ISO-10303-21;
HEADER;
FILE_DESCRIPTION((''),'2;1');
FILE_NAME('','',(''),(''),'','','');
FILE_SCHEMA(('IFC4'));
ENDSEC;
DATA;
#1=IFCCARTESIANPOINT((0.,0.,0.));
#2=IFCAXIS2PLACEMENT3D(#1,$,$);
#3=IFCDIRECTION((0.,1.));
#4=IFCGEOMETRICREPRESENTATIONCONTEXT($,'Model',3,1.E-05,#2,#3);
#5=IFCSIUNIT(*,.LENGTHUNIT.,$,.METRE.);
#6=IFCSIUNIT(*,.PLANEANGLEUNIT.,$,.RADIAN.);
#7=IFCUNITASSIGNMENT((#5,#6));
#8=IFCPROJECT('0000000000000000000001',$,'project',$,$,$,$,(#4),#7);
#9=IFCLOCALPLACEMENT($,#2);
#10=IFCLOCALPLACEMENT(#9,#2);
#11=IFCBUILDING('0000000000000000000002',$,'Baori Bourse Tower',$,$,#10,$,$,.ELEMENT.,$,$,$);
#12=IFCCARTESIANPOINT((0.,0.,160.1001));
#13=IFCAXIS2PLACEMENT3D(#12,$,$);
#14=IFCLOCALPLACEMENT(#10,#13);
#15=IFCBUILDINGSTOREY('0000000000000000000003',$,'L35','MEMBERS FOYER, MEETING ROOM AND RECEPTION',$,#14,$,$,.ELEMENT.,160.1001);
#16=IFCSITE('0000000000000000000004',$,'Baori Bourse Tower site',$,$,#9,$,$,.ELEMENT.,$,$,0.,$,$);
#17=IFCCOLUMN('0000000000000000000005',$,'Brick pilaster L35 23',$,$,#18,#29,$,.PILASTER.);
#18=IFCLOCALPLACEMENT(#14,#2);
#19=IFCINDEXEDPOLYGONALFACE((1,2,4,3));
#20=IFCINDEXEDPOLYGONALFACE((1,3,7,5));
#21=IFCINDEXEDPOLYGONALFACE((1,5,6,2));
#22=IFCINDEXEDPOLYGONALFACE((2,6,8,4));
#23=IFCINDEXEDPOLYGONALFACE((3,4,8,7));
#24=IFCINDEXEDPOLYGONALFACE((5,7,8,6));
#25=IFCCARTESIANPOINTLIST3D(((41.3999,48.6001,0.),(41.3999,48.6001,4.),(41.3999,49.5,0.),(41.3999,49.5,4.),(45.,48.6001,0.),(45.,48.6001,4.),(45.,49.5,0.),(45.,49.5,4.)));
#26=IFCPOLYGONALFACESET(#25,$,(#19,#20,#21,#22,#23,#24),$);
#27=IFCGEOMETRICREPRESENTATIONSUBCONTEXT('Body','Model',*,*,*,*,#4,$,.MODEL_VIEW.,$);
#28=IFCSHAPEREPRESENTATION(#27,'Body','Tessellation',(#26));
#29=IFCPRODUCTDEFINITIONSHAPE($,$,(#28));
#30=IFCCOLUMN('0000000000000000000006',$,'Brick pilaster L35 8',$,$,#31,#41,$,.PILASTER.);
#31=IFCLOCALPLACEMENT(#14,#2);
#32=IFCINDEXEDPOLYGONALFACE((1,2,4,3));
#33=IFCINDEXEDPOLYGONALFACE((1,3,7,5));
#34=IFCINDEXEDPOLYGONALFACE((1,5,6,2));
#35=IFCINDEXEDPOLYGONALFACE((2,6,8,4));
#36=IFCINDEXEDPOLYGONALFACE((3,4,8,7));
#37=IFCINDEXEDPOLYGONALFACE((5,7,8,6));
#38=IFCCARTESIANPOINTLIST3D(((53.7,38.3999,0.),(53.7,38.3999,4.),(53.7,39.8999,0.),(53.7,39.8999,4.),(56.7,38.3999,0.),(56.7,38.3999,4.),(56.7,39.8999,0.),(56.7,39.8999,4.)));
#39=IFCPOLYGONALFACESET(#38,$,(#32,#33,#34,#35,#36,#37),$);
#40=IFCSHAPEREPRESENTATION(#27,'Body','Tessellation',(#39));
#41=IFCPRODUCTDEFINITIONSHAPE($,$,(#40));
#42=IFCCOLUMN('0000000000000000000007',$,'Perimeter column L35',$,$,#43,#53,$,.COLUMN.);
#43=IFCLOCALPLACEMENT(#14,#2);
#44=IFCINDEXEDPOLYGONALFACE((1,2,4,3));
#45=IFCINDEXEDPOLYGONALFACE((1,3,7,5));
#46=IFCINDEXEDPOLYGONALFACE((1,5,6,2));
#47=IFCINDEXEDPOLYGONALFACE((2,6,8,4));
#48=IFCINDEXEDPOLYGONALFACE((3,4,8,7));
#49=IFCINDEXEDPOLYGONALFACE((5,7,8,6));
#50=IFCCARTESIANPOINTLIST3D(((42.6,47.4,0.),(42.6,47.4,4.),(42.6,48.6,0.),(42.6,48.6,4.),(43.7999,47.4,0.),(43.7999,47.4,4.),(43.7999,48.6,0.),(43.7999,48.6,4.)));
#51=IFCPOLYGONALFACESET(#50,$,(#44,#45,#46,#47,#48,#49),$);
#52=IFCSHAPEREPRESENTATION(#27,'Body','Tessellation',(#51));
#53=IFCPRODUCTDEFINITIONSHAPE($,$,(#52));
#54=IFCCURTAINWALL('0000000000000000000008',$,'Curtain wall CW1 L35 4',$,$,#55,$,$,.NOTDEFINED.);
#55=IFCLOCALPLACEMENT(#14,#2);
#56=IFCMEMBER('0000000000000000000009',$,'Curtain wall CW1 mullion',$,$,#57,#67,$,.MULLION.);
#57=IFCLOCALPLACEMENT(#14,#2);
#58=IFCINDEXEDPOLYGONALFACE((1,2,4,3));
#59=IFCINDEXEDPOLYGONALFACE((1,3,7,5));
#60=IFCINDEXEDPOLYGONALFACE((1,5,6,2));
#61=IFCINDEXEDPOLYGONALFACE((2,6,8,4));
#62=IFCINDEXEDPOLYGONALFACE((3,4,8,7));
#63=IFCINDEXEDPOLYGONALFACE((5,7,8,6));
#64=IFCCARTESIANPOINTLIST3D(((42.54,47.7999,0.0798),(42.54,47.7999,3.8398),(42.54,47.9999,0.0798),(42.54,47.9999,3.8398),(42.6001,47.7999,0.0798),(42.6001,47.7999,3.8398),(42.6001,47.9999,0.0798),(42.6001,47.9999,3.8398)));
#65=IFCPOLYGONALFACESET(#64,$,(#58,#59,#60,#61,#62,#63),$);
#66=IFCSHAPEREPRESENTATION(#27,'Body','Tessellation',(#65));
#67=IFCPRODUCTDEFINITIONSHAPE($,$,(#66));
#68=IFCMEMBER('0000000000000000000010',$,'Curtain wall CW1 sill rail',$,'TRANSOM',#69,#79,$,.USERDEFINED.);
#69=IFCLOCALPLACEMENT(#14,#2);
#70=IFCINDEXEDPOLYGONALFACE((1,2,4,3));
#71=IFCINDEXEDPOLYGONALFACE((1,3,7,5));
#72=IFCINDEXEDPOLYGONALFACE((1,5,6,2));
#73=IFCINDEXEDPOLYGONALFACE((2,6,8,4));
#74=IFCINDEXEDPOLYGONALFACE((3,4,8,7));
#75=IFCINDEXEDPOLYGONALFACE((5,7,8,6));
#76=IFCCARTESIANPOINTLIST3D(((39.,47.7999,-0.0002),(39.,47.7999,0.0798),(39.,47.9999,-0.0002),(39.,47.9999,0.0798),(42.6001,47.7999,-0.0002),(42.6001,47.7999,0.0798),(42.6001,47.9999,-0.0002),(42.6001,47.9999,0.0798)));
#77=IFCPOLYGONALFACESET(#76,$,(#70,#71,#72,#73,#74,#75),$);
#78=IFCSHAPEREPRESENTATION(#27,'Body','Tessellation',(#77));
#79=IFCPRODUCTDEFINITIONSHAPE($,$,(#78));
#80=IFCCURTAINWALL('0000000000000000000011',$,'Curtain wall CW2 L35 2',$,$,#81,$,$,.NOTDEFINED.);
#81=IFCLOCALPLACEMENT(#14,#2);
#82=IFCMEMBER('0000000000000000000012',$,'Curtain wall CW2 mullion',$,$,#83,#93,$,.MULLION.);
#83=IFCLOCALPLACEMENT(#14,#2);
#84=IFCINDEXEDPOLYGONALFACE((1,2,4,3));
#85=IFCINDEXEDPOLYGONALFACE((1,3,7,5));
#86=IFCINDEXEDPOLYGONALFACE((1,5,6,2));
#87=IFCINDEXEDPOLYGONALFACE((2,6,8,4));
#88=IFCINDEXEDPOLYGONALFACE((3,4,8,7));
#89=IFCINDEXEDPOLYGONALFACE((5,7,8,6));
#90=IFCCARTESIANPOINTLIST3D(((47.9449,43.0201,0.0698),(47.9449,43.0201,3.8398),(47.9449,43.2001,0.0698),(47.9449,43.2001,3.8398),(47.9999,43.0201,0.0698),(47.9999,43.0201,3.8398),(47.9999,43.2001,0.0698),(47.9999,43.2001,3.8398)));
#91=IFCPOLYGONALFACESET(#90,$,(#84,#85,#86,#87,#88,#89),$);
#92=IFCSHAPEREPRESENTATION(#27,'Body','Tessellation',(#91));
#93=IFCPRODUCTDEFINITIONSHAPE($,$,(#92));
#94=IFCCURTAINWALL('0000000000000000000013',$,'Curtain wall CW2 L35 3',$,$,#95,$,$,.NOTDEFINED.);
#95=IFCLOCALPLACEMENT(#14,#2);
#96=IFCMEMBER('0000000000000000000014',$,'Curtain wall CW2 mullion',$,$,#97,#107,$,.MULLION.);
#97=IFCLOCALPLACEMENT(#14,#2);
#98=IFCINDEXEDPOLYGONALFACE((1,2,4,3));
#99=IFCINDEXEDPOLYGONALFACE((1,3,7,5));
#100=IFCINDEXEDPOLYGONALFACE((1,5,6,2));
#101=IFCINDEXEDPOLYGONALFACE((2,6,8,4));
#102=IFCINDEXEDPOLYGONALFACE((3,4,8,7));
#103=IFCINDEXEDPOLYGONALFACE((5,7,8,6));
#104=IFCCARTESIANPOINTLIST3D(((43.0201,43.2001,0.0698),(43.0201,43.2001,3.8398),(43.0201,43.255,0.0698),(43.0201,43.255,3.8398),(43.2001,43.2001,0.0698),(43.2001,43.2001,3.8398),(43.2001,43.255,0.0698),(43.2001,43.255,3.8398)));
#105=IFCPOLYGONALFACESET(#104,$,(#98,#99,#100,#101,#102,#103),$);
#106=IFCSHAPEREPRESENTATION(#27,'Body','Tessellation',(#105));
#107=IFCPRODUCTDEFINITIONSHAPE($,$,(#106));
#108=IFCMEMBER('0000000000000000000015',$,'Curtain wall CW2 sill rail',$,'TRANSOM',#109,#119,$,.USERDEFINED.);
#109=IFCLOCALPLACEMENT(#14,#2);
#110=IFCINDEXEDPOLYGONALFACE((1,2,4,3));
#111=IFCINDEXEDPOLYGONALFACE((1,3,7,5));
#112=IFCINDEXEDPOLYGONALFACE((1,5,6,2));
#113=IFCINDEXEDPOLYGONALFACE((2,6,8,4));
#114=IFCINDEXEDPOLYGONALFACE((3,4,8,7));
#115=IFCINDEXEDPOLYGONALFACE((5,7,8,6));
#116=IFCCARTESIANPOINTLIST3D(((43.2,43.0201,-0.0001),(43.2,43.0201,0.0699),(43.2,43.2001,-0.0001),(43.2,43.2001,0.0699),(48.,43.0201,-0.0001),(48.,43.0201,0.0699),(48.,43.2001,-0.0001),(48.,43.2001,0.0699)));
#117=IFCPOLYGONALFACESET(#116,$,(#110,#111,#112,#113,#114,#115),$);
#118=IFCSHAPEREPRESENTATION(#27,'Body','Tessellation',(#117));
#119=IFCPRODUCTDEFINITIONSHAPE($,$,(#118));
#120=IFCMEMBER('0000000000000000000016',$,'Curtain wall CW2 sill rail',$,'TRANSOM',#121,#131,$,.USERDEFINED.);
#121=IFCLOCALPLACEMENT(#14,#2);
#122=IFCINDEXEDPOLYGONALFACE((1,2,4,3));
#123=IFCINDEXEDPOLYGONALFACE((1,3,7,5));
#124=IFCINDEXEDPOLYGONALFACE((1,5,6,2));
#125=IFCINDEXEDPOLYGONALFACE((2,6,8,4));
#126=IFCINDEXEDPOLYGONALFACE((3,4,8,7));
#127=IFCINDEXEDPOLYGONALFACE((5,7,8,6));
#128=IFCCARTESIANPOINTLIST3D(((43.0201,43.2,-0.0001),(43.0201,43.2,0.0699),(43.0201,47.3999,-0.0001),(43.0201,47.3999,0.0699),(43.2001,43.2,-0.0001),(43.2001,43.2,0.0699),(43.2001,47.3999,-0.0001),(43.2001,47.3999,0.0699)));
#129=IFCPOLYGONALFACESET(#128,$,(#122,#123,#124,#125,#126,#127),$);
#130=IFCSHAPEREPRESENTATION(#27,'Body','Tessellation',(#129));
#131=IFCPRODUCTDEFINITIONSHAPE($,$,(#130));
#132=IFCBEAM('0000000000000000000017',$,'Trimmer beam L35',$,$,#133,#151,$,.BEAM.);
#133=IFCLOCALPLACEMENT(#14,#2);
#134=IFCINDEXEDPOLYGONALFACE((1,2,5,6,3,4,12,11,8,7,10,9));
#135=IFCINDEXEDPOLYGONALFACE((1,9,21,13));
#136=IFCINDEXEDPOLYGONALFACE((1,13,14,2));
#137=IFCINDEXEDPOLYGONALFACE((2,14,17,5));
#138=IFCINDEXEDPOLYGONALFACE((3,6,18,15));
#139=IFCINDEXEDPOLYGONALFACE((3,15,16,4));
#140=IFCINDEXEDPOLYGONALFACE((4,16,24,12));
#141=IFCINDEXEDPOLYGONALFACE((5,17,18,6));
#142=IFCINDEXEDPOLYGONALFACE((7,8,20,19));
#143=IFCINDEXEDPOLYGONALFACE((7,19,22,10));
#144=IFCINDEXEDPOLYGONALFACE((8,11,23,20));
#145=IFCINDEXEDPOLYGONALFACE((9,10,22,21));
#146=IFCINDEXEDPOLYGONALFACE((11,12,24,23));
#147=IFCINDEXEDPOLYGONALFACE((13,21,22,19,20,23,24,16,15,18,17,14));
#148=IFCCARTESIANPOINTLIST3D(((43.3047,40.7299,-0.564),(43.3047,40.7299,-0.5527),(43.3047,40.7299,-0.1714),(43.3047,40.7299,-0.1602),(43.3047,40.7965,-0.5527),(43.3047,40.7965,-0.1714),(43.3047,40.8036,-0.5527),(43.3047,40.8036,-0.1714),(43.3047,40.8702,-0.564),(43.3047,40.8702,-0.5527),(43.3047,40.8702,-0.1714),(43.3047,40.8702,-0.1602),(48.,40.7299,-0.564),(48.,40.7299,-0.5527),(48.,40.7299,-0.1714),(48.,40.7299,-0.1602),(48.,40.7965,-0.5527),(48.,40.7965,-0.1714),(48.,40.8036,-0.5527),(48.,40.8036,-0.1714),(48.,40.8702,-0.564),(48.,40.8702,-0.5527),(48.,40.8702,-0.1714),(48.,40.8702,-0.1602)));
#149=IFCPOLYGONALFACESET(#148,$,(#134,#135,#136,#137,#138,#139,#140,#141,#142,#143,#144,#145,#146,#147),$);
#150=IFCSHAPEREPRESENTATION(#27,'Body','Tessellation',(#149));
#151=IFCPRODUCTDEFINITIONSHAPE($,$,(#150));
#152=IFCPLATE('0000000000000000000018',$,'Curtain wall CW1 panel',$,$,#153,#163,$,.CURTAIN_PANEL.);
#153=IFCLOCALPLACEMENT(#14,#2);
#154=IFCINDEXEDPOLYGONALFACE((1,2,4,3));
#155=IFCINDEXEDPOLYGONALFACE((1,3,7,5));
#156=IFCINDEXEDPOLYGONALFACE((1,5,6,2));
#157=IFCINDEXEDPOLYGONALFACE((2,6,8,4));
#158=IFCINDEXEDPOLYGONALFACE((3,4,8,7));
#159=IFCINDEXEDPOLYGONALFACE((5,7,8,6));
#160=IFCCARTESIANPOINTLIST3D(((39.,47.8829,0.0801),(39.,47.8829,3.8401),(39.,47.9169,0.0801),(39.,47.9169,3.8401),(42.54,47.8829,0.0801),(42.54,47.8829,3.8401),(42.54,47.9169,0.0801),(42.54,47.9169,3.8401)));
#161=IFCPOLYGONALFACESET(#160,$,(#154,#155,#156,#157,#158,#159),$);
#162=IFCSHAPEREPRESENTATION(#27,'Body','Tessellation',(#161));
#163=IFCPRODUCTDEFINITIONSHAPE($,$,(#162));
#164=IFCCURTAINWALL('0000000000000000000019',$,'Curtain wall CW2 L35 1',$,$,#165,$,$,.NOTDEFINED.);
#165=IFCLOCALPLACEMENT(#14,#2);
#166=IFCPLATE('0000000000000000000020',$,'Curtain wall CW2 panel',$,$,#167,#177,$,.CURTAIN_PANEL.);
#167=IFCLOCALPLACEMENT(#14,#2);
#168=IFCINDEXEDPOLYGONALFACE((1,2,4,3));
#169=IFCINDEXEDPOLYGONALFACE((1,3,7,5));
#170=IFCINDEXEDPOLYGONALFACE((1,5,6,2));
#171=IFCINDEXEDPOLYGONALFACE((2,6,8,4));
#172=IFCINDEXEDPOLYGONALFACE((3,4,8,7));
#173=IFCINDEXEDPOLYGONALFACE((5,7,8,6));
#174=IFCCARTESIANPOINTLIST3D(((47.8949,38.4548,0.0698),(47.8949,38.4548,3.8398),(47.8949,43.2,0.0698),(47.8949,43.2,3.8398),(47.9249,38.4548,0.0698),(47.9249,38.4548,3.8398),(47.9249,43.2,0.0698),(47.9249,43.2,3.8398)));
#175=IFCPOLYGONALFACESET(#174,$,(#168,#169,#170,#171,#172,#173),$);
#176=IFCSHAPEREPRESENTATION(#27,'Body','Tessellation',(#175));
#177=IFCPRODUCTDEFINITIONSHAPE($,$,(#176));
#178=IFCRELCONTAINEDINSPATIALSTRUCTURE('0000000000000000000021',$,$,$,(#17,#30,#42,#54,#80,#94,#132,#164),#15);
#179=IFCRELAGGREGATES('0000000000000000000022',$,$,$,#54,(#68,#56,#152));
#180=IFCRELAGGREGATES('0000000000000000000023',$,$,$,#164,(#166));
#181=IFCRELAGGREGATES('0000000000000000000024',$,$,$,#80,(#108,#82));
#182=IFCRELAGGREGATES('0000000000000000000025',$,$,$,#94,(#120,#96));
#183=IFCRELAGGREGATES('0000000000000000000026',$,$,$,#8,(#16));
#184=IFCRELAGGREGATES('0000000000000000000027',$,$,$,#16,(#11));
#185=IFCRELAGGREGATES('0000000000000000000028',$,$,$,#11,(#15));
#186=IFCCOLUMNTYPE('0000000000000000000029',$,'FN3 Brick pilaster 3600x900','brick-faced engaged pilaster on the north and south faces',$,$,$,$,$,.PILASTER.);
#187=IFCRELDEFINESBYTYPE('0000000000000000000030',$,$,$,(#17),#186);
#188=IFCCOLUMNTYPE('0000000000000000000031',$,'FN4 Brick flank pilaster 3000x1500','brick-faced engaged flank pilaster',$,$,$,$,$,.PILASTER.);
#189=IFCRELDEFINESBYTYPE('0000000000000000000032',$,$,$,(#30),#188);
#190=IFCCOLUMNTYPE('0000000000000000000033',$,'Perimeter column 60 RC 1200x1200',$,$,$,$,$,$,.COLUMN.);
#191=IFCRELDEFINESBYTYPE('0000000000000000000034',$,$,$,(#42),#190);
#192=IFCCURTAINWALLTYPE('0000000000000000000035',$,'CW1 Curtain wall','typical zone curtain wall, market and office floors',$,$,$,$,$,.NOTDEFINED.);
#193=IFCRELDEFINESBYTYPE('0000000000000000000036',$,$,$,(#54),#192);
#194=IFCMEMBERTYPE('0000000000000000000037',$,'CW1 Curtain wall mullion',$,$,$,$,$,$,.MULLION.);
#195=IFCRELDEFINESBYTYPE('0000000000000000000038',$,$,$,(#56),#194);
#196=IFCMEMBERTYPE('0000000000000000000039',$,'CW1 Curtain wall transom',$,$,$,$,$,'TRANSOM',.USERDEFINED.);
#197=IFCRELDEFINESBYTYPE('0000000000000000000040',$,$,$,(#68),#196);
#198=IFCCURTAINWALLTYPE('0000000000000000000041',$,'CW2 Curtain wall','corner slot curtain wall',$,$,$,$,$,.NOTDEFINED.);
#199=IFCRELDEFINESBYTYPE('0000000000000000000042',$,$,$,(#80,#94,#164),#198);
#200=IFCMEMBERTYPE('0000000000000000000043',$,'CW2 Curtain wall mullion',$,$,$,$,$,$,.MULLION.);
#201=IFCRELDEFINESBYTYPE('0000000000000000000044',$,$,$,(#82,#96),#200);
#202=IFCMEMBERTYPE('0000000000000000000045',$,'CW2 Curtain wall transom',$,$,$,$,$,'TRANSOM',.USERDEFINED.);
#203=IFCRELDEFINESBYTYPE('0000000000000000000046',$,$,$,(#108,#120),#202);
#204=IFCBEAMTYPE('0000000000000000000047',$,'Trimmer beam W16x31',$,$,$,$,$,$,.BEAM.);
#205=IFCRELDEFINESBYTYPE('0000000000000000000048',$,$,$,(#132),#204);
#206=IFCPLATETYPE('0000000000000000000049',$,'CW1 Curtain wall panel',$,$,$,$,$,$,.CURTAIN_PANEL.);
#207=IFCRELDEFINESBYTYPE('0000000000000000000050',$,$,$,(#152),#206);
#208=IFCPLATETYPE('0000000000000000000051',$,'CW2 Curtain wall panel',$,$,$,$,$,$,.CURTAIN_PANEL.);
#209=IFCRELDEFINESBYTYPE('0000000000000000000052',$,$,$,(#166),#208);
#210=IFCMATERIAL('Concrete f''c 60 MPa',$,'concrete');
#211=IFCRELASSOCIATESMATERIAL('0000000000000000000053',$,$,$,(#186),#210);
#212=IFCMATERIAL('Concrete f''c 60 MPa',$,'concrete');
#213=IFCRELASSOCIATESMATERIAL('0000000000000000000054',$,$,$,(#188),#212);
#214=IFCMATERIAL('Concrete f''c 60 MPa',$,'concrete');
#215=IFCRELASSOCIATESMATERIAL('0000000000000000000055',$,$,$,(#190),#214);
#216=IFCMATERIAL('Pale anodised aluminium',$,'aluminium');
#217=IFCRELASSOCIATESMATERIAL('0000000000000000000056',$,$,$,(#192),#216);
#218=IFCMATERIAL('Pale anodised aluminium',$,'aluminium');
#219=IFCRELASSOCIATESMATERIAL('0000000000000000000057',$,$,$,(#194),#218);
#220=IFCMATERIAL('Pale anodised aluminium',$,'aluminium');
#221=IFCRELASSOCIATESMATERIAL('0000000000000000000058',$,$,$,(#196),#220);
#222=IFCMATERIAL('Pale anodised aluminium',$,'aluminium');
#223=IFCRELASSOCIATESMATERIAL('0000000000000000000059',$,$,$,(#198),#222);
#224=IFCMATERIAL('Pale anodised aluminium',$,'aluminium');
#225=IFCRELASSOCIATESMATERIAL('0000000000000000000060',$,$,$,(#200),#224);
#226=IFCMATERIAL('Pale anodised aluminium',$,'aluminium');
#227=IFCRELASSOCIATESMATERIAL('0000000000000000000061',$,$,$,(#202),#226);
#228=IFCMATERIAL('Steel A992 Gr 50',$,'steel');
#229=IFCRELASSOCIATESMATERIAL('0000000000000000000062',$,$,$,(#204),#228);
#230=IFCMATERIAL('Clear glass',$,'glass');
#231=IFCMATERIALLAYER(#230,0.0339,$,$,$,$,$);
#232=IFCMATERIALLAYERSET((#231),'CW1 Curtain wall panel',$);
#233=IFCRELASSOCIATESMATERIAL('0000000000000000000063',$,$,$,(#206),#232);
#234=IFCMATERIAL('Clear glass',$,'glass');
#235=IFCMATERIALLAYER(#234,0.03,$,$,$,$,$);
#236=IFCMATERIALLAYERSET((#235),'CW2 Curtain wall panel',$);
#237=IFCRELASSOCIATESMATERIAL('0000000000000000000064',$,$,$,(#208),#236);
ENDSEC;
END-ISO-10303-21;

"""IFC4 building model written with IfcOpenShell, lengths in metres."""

from ifc_helpers import new_model, si_unit, direction, frame, origin, origin_2d, place, context, subcontext, project, spatial, rectangle, i_section, extrude, material, layer, layer_set, material_profile, profile_set, type_object, element, aggregate, save


model = new_model("IFC4")

# Units and contexts
model_context = context("Model", 3, precision=1e-05, world=origin(), true_north=direction((0.0, 1.0)))
body_context = subcontext(model_context, "Body", "Model", "MODEL_VIEW")
ifc_project = project(units=[si_unit("LENGTHUNIT", "METRE"), si_unit("PLANEANGLEUNIT", "RADIAN")], contexts=[model_context])

# Site, building, storey
site_placement = place(None, origin())
site = spatial("IfcSite", under=ifc_project, at=site_placement, Name="Baori Bourse Tower site", CompositionType="ELEMENT", RefElevation=0.0)
building_placement = place(site_placement, origin())
building = spatial("IfcBuilding", under=site, at=building_placement, Name="Baori Bourse Tower", CompositionType="ELEMENT")
storey_placement = place(building_placement, frame((0.0, 0.0, 160.1001)))
storey = spatial("IfcBuildingStorey", under=building, at=storey_placement, Name="L35", Description="MEMBERS FOYER, MEETING ROOM AND RECEPTION", CompositionType="ELEMENT", Elevation=160.1001)

# Columns
ifc_material_1 = material(Name="Concrete f'c 60 MPa", Category="concrete")
ifc_material_profile_1 = material_profile(ifc_material_1, rectangle(XDim=3.6001, YDim=0.8999, at=origin_2d()), Name="RC 3600x900")
ifc_profile_set_1 = profile_set([ifc_material_profile_1], Name="Concrete f'c 60 MPa")
column_type_1 = type_object("IfcColumnType", Name="FN3 Brick pilaster 3600x900", Description="brick-faced engaged pilaster on the north and south faces", PredefinedType="PILASTER", material=ifc_profile_set_1)
column_1_placement = place(storey_placement, frame((43.2, 49.05, 0.0), z_axis=(0.0, 0.0, 1.0), x_axis=(1.0, 0.0, 0.0)))
element("IfcColumn", 1, at=column_1_placement, inside=storey, type_object=column_type_1, Name="Brick pilaster L35 23", PredefinedType="PILASTER", context=body_context, shape_type="SweptSolid", body=[
    extrude(rectangle(XDim=3.6001, YDim=0.8999, at=origin_2d()), origin(), (0.0, 0.0, 1.0), 4.0),
])
ifc_material_2 = material(Name="Concrete f'c 60 MPa", Category="concrete")
ifc_material_profile_2 = material_profile(ifc_material_2, rectangle(XDim=3.0, YDim=1.5, at=origin_2d()), Name="RC 3000x1500")
ifc_profile_set_2 = profile_set([ifc_material_profile_2], Name="Concrete f'c 60 MPa")
column_type_2 = type_object("IfcColumnType", Name="FN4 Brick flank pilaster 3000x1500", Description="brick-faced engaged flank pilaster", PredefinedType="PILASTER", material=ifc_profile_set_2)
column_2_placement = place(storey_placement, frame((55.2, 39.1499, 0.0), z_axis=(0.0, 0.0, 1.0), x_axis=(1.0, 0.0, 0.0)))
element("IfcColumn", 2, at=column_2_placement, inside=storey, type_object=column_type_2, Name="Brick pilaster L35 8", PredefinedType="PILASTER", context=body_context, shape_type="SweptSolid", body=[
    extrude(rectangle(XDim=3.0, YDim=1.5, at=origin_2d()), origin(), (0.0, 0.0, 1.0), 4.0),
])
ifc_material_3 = material(Name="Concrete f'c 60 MPa", Category="concrete")
ifc_material_profile_3 = material_profile(ifc_material_3, rectangle(XDim=1.2, YDim=1.2, at=origin_2d()), Name="RC 1200x1200")
ifc_profile_set_3 = profile_set([ifc_material_profile_3], Name="Concrete f'c 60 MPa")
column_type_3 = type_object("IfcColumnType", Name="Perimeter column 60 RC 1200x1200", PredefinedType="COLUMN", material=ifc_profile_set_3)
column_3_placement = place(storey_placement, frame((43.2, 48.0, 0.0), z_axis=(0.0, 0.0, 1.0), x_axis=(1.0, 0.0, 0.0)))
element("IfcColumn", 3, at=column_3_placement, inside=storey, type_object=column_type_3, Name="Perimeter column L35", PredefinedType="COLUMN", context=body_context, shape_type="SweptSolid", body=[
    extrude(rectangle(XDim=1.2, YDim=1.2, at=origin_2d()), origin(), (0.0, 0.0, 1.0), 4.0),
])

# Curtain wall, members
ifc_material_4 = material(Name="Pale anodised aluminium", Category="aluminium")
curtain_wall_type_1 = type_object("IfcCurtainWallType", Name="CW1 Curtain wall", Description="typical zone curtain wall, market and office floors", PredefinedType="NOTDEFINED", material=ifc_material_4)
curtain_wall_1_placement = place(storey_placement, origin())
curtain_wall_1 = element("IfcCurtainWall", 4, at=curtain_wall_1_placement, inside=storey, type_object=curtain_wall_type_1, Name="Curtain wall CW1 L35 4", PredefinedType="NOTDEFINED")
ifc_material_5 = material(Name="Pale anodised aluminium", Category="aluminium")
ifc_material_profile_4 = material_profile(ifc_material_5, rectangle(XDim=0.2, YDim=0.0601, at=origin_2d()), Name="Mullion 60x200")
ifc_profile_set_4 = profile_set([ifc_material_profile_4], Name="Pale anodised aluminium")
member_type_1 = type_object("IfcMemberType", Name="CW1 Curtain wall mullion", PredefinedType="MULLION", material=ifc_profile_set_4)
member_1_placement = place(storey_placement, frame((42.5701, 47.8999, 0.0798), z_axis=(0.0, 0.0, 1.0), x_axis=(0.0, -1.0, 0.0)))
member_1 = element("IfcMember", 5, at=member_1_placement, type_object=member_type_1, Name="Curtain wall CW1 mullion", PredefinedType="MULLION", context=body_context, shape_type="SweptSolid", body=[
    extrude(rectangle(XDim=0.2, YDim=0.0601, at=origin_2d()), origin(), (0.0, 0.0, 1.0), 3.76),
])
ifc_material_6 = material(Name="Pale anodised aluminium", Category="aluminium")
ifc_material_profile_5 = material_profile(ifc_material_6, rectangle(XDim=0.2, YDim=0.0801, at=origin_2d()), Name="Transom 80x200")
ifc_profile_set_5 = profile_set([ifc_material_profile_5], Name="Pale anodised aluminium")
member_type_2 = type_object("IfcMemberType", Name="CW1 Curtain wall transom", ElementType="TRANSOM", PredefinedType="USERDEFINED", material=ifc_profile_set_5)
member_2_placement = place(storey_placement, frame((42.6001, 47.8999, 0.0398), z_axis=(-1.0, 0.0, 0.0), x_axis=(0.0, -1.0, 0.0)))
member_2 = element("IfcMember", 6, at=member_2_placement, type_object=member_type_2, Name="Curtain wall CW1 sill rail", ObjectType="TRANSOM", PredefinedType="USERDEFINED", context=body_context, shape_type="SweptSolid", body=[
    extrude(rectangle(XDim=0.2, YDim=0.0801, at=origin_2d()), origin(), (0.0, 0.0, 1.0), 3.6001),
])

# Curtain walls, members
ifc_material_7 = material(Name="Pale anodised aluminium", Category="aluminium")
curtain_wall_type_2 = type_object("IfcCurtainWallType", Name="CW2 Curtain wall", Description="corner slot curtain wall", PredefinedType="NOTDEFINED", material=ifc_material_7)
curtain_wall_2_placement = place(storey_placement, origin())
curtain_wall_2 = element("IfcCurtainWall", 7, at=curtain_wall_2_placement, inside=storey, type_object=curtain_wall_type_2, Name="Curtain wall CW2 L35 2", PredefinedType="NOTDEFINED")
ifc_material_8 = material(Name="Pale anodised aluminium", Category="aluminium")
ifc_material_profile_6 = material_profile(ifc_material_8, rectangle(XDim=0.1799, YDim=0.0549, at=origin_2d()), Name="Mullion 55x180")
ifc_profile_set_6 = profile_set([ifc_material_profile_6], Name="Pale anodised aluminium")
member_type_3 = type_object("IfcMemberType", Name="CW2 Curtain wall mullion", PredefinedType="MULLION", material=ifc_profile_set_6)
member_3_placement = place(storey_placement, frame((47.9724, 43.1101, 0.0698), z_axis=(0.0, 0.0, 1.0), x_axis=(0.0, -1.0, 0.0)))
member_3 = element("IfcMember", 8, at=member_3_placement, type_object=member_type_3, Name="Curtain wall CW2 mullion", PredefinedType="MULLION", context=body_context, shape_type="SweptSolid", body=[
    extrude(rectangle(XDim=0.1799, YDim=0.0549, at=origin_2d()), origin(), (0.0, 0.0, 1.0), 3.77),
])
curtain_wall_3_placement = place(storey_placement, origin())
curtain_wall_3 = element("IfcCurtainWall", 9, at=curtain_wall_3_placement, inside=storey, type_object=curtain_wall_type_2, Name="Curtain wall CW2 L35 3", PredefinedType="NOTDEFINED")
member_4_placement = place(storey_placement, frame((43.1101, 43.2275, 0.0698), z_axis=(0.0, 0.0, 1.0), x_axis=(-1.0, 0.0, 0.0)))
member_4 = element("IfcMember", 10, at=member_4_placement, type_object=member_type_3, Name="Curtain wall CW2 mullion", PredefinedType="MULLION", context=body_context, shape_type="SweptSolid", body=[
    extrude(rectangle(XDim=0.1799, YDim=0.0549, at=origin_2d()), origin(), (0.0, 0.0, 1.0), 3.77),
])

# Members
ifc_material_9 = material(Name="Pale anodised aluminium", Category="aluminium")
ifc_material_profile_7 = material_profile(ifc_material_9, rectangle(XDim=0.1799, YDim=0.0701, at=origin_2d()), Name="Transom 70x180")
ifc_profile_set_7 = profile_set([ifc_material_profile_7], Name="Pale anodised aluminium")
member_type_4 = type_object("IfcMemberType", Name="CW2 Curtain wall transom", ElementType="TRANSOM", PredefinedType="USERDEFINED", material=ifc_profile_set_7)
member_5_placement = place(storey_placement, frame((48.0, 43.1101, 0.0349), z_axis=(-1.0, 0.0, 0.0), x_axis=(0.0, -1.0, 0.0)))
member_5 = element("IfcMember", 11, at=member_5_placement, type_object=member_type_4, Name="Curtain wall CW2 sill rail", ObjectType="TRANSOM", PredefinedType="USERDEFINED", context=body_context, shape_type="SweptSolid", body=[
    extrude(rectangle(XDim=0.1799, YDim=0.0701, at=origin_2d()), origin(), (0.0, 0.0, 1.0), 4.8),
])
member_6_placement = place(storey_placement, frame((43.1101, 43.2, 0.0349), z_axis=(0.0, 1.0, 0.0), x_axis=(-1.0, 0.0, 0.0)))
member_6 = element("IfcMember", 12, at=member_6_placement, type_object=member_type_4, Name="Curtain wall CW2 sill rail", ObjectType="TRANSOM", PredefinedType="USERDEFINED", context=body_context, shape_type="SweptSolid", body=[
    extrude(rectangle(XDim=0.1799, YDim=0.0701, at=origin_2d()), origin(), (0.0, 0.0, 1.0), 4.2),
])

# Beam
ifc_material_10 = material(Name="Steel A992 Gr 50", Category="steel")
ifc_material_profile_8 = material_profile(ifc_material_10, i_section(OverallWidth=0.1404, OverallDepth=0.4038, WebThickness=0.0071, FlangeThickness=0.0112, at=origin_2d()), Name="W16x31")
ifc_profile_set_8 = profile_set([ifc_material_profile_8], Name="Steel A992 Gr 50")
beam_type = type_object("IfcBeamType", Name="Trimmer beam W16x31", PredefinedType="BEAM", material=ifc_profile_set_8)
beam_placement = place(storey_placement, frame((43.3047, 40.8, -0.3621), z_axis=(1.0, 0.0, 0.0), x_axis=(0.0, 1.0, 0.0)))
element("IfcBeam", 13, at=beam_placement, inside=storey, type_object=beam_type, Name="Trimmer beam L35", PredefinedType="BEAM", context=body_context, shape_type="SweptSolid", body=[
    extrude(i_section(OverallWidth=0.1404, OverallDepth=0.4038, WebThickness=0.0071, FlangeThickness=0.0112, at=origin_2d()), origin(), (0.0, 0.0, 1.0), 4.6953),
])

# Plate
ifc_material_11 = material(Name="Clear glass", Category="glass")
ifc_layer_1 = layer(ifc_material_11, 0.0339)
ifc_layer_set_1 = layer_set([ifc_layer_1], Name="CW1 Curtain wall panel")
plate_type_1 = type_object("IfcPlateType", Name="CW1 Curtain wall panel", PredefinedType="CURTAIN_PANEL", material=ifc_layer_set_1)
plate_1_placement = place(storey_placement, frame((40.77, 47.8999, 0.0801), z_axis=(0.0, 0.0, 1.0), x_axis=(-1.0, 0.0, 0.0)))
plate_1 = element("IfcPlate", 14, at=plate_1_placement, type_object=plate_type_1, Name="Curtain wall CW1 panel", PredefinedType="CURTAIN_PANEL", context=body_context, shape_type="SweptSolid", body=[
    extrude(rectangle(XDim=3.54, YDim=0.0339, at=origin_2d()), origin(), (0.0, 0.0, 1.0), 3.76),
])
aggregate(curtain_wall_1, [member_2, member_1, plate_1])

# Curtain wall, plate
curtain_wall_4_placement = place(storey_placement, origin())
curtain_wall_4 = element("IfcCurtainWall", 15, at=curtain_wall_4_placement, inside=storey, type_object=curtain_wall_type_2, Name="Curtain wall CW2 L35 1", PredefinedType="NOTDEFINED")
ifc_material_12 = material(Name="Clear glass", Category="glass")
ifc_layer_2 = layer(ifc_material_12, 0.03)
ifc_layer_set_2 = layer_set([ifc_layer_2], Name="CW2 Curtain wall panel")
plate_type_2 = type_object("IfcPlateType", Name="CW2 Curtain wall panel", PredefinedType="CURTAIN_PANEL", material=ifc_layer_set_2)
plate_2_placement = place(storey_placement, frame((47.9099, 40.8274, 0.0698), z_axis=(0.0, 0.0, 1.0), x_axis=(0.0, 1.0, 0.0)))
plate_2 = element("IfcPlate", 16, at=plate_2_placement, type_object=plate_type_2, Name="Curtain wall CW2 panel", PredefinedType="CURTAIN_PANEL", context=body_context, shape_type="SweptSolid", body=[
    extrude(rectangle(XDim=4.7451, YDim=0.03, at=origin_2d()), origin(), (0.0, 0.0, 1.0), 3.77),
])
aggregate(curtain_wall_4, [plate_2])

aggregate(curtain_wall_2, [member_5, member_3])
aggregate(curtain_wall_3, [member_6, member_4])

save(model, "model.ifc")
